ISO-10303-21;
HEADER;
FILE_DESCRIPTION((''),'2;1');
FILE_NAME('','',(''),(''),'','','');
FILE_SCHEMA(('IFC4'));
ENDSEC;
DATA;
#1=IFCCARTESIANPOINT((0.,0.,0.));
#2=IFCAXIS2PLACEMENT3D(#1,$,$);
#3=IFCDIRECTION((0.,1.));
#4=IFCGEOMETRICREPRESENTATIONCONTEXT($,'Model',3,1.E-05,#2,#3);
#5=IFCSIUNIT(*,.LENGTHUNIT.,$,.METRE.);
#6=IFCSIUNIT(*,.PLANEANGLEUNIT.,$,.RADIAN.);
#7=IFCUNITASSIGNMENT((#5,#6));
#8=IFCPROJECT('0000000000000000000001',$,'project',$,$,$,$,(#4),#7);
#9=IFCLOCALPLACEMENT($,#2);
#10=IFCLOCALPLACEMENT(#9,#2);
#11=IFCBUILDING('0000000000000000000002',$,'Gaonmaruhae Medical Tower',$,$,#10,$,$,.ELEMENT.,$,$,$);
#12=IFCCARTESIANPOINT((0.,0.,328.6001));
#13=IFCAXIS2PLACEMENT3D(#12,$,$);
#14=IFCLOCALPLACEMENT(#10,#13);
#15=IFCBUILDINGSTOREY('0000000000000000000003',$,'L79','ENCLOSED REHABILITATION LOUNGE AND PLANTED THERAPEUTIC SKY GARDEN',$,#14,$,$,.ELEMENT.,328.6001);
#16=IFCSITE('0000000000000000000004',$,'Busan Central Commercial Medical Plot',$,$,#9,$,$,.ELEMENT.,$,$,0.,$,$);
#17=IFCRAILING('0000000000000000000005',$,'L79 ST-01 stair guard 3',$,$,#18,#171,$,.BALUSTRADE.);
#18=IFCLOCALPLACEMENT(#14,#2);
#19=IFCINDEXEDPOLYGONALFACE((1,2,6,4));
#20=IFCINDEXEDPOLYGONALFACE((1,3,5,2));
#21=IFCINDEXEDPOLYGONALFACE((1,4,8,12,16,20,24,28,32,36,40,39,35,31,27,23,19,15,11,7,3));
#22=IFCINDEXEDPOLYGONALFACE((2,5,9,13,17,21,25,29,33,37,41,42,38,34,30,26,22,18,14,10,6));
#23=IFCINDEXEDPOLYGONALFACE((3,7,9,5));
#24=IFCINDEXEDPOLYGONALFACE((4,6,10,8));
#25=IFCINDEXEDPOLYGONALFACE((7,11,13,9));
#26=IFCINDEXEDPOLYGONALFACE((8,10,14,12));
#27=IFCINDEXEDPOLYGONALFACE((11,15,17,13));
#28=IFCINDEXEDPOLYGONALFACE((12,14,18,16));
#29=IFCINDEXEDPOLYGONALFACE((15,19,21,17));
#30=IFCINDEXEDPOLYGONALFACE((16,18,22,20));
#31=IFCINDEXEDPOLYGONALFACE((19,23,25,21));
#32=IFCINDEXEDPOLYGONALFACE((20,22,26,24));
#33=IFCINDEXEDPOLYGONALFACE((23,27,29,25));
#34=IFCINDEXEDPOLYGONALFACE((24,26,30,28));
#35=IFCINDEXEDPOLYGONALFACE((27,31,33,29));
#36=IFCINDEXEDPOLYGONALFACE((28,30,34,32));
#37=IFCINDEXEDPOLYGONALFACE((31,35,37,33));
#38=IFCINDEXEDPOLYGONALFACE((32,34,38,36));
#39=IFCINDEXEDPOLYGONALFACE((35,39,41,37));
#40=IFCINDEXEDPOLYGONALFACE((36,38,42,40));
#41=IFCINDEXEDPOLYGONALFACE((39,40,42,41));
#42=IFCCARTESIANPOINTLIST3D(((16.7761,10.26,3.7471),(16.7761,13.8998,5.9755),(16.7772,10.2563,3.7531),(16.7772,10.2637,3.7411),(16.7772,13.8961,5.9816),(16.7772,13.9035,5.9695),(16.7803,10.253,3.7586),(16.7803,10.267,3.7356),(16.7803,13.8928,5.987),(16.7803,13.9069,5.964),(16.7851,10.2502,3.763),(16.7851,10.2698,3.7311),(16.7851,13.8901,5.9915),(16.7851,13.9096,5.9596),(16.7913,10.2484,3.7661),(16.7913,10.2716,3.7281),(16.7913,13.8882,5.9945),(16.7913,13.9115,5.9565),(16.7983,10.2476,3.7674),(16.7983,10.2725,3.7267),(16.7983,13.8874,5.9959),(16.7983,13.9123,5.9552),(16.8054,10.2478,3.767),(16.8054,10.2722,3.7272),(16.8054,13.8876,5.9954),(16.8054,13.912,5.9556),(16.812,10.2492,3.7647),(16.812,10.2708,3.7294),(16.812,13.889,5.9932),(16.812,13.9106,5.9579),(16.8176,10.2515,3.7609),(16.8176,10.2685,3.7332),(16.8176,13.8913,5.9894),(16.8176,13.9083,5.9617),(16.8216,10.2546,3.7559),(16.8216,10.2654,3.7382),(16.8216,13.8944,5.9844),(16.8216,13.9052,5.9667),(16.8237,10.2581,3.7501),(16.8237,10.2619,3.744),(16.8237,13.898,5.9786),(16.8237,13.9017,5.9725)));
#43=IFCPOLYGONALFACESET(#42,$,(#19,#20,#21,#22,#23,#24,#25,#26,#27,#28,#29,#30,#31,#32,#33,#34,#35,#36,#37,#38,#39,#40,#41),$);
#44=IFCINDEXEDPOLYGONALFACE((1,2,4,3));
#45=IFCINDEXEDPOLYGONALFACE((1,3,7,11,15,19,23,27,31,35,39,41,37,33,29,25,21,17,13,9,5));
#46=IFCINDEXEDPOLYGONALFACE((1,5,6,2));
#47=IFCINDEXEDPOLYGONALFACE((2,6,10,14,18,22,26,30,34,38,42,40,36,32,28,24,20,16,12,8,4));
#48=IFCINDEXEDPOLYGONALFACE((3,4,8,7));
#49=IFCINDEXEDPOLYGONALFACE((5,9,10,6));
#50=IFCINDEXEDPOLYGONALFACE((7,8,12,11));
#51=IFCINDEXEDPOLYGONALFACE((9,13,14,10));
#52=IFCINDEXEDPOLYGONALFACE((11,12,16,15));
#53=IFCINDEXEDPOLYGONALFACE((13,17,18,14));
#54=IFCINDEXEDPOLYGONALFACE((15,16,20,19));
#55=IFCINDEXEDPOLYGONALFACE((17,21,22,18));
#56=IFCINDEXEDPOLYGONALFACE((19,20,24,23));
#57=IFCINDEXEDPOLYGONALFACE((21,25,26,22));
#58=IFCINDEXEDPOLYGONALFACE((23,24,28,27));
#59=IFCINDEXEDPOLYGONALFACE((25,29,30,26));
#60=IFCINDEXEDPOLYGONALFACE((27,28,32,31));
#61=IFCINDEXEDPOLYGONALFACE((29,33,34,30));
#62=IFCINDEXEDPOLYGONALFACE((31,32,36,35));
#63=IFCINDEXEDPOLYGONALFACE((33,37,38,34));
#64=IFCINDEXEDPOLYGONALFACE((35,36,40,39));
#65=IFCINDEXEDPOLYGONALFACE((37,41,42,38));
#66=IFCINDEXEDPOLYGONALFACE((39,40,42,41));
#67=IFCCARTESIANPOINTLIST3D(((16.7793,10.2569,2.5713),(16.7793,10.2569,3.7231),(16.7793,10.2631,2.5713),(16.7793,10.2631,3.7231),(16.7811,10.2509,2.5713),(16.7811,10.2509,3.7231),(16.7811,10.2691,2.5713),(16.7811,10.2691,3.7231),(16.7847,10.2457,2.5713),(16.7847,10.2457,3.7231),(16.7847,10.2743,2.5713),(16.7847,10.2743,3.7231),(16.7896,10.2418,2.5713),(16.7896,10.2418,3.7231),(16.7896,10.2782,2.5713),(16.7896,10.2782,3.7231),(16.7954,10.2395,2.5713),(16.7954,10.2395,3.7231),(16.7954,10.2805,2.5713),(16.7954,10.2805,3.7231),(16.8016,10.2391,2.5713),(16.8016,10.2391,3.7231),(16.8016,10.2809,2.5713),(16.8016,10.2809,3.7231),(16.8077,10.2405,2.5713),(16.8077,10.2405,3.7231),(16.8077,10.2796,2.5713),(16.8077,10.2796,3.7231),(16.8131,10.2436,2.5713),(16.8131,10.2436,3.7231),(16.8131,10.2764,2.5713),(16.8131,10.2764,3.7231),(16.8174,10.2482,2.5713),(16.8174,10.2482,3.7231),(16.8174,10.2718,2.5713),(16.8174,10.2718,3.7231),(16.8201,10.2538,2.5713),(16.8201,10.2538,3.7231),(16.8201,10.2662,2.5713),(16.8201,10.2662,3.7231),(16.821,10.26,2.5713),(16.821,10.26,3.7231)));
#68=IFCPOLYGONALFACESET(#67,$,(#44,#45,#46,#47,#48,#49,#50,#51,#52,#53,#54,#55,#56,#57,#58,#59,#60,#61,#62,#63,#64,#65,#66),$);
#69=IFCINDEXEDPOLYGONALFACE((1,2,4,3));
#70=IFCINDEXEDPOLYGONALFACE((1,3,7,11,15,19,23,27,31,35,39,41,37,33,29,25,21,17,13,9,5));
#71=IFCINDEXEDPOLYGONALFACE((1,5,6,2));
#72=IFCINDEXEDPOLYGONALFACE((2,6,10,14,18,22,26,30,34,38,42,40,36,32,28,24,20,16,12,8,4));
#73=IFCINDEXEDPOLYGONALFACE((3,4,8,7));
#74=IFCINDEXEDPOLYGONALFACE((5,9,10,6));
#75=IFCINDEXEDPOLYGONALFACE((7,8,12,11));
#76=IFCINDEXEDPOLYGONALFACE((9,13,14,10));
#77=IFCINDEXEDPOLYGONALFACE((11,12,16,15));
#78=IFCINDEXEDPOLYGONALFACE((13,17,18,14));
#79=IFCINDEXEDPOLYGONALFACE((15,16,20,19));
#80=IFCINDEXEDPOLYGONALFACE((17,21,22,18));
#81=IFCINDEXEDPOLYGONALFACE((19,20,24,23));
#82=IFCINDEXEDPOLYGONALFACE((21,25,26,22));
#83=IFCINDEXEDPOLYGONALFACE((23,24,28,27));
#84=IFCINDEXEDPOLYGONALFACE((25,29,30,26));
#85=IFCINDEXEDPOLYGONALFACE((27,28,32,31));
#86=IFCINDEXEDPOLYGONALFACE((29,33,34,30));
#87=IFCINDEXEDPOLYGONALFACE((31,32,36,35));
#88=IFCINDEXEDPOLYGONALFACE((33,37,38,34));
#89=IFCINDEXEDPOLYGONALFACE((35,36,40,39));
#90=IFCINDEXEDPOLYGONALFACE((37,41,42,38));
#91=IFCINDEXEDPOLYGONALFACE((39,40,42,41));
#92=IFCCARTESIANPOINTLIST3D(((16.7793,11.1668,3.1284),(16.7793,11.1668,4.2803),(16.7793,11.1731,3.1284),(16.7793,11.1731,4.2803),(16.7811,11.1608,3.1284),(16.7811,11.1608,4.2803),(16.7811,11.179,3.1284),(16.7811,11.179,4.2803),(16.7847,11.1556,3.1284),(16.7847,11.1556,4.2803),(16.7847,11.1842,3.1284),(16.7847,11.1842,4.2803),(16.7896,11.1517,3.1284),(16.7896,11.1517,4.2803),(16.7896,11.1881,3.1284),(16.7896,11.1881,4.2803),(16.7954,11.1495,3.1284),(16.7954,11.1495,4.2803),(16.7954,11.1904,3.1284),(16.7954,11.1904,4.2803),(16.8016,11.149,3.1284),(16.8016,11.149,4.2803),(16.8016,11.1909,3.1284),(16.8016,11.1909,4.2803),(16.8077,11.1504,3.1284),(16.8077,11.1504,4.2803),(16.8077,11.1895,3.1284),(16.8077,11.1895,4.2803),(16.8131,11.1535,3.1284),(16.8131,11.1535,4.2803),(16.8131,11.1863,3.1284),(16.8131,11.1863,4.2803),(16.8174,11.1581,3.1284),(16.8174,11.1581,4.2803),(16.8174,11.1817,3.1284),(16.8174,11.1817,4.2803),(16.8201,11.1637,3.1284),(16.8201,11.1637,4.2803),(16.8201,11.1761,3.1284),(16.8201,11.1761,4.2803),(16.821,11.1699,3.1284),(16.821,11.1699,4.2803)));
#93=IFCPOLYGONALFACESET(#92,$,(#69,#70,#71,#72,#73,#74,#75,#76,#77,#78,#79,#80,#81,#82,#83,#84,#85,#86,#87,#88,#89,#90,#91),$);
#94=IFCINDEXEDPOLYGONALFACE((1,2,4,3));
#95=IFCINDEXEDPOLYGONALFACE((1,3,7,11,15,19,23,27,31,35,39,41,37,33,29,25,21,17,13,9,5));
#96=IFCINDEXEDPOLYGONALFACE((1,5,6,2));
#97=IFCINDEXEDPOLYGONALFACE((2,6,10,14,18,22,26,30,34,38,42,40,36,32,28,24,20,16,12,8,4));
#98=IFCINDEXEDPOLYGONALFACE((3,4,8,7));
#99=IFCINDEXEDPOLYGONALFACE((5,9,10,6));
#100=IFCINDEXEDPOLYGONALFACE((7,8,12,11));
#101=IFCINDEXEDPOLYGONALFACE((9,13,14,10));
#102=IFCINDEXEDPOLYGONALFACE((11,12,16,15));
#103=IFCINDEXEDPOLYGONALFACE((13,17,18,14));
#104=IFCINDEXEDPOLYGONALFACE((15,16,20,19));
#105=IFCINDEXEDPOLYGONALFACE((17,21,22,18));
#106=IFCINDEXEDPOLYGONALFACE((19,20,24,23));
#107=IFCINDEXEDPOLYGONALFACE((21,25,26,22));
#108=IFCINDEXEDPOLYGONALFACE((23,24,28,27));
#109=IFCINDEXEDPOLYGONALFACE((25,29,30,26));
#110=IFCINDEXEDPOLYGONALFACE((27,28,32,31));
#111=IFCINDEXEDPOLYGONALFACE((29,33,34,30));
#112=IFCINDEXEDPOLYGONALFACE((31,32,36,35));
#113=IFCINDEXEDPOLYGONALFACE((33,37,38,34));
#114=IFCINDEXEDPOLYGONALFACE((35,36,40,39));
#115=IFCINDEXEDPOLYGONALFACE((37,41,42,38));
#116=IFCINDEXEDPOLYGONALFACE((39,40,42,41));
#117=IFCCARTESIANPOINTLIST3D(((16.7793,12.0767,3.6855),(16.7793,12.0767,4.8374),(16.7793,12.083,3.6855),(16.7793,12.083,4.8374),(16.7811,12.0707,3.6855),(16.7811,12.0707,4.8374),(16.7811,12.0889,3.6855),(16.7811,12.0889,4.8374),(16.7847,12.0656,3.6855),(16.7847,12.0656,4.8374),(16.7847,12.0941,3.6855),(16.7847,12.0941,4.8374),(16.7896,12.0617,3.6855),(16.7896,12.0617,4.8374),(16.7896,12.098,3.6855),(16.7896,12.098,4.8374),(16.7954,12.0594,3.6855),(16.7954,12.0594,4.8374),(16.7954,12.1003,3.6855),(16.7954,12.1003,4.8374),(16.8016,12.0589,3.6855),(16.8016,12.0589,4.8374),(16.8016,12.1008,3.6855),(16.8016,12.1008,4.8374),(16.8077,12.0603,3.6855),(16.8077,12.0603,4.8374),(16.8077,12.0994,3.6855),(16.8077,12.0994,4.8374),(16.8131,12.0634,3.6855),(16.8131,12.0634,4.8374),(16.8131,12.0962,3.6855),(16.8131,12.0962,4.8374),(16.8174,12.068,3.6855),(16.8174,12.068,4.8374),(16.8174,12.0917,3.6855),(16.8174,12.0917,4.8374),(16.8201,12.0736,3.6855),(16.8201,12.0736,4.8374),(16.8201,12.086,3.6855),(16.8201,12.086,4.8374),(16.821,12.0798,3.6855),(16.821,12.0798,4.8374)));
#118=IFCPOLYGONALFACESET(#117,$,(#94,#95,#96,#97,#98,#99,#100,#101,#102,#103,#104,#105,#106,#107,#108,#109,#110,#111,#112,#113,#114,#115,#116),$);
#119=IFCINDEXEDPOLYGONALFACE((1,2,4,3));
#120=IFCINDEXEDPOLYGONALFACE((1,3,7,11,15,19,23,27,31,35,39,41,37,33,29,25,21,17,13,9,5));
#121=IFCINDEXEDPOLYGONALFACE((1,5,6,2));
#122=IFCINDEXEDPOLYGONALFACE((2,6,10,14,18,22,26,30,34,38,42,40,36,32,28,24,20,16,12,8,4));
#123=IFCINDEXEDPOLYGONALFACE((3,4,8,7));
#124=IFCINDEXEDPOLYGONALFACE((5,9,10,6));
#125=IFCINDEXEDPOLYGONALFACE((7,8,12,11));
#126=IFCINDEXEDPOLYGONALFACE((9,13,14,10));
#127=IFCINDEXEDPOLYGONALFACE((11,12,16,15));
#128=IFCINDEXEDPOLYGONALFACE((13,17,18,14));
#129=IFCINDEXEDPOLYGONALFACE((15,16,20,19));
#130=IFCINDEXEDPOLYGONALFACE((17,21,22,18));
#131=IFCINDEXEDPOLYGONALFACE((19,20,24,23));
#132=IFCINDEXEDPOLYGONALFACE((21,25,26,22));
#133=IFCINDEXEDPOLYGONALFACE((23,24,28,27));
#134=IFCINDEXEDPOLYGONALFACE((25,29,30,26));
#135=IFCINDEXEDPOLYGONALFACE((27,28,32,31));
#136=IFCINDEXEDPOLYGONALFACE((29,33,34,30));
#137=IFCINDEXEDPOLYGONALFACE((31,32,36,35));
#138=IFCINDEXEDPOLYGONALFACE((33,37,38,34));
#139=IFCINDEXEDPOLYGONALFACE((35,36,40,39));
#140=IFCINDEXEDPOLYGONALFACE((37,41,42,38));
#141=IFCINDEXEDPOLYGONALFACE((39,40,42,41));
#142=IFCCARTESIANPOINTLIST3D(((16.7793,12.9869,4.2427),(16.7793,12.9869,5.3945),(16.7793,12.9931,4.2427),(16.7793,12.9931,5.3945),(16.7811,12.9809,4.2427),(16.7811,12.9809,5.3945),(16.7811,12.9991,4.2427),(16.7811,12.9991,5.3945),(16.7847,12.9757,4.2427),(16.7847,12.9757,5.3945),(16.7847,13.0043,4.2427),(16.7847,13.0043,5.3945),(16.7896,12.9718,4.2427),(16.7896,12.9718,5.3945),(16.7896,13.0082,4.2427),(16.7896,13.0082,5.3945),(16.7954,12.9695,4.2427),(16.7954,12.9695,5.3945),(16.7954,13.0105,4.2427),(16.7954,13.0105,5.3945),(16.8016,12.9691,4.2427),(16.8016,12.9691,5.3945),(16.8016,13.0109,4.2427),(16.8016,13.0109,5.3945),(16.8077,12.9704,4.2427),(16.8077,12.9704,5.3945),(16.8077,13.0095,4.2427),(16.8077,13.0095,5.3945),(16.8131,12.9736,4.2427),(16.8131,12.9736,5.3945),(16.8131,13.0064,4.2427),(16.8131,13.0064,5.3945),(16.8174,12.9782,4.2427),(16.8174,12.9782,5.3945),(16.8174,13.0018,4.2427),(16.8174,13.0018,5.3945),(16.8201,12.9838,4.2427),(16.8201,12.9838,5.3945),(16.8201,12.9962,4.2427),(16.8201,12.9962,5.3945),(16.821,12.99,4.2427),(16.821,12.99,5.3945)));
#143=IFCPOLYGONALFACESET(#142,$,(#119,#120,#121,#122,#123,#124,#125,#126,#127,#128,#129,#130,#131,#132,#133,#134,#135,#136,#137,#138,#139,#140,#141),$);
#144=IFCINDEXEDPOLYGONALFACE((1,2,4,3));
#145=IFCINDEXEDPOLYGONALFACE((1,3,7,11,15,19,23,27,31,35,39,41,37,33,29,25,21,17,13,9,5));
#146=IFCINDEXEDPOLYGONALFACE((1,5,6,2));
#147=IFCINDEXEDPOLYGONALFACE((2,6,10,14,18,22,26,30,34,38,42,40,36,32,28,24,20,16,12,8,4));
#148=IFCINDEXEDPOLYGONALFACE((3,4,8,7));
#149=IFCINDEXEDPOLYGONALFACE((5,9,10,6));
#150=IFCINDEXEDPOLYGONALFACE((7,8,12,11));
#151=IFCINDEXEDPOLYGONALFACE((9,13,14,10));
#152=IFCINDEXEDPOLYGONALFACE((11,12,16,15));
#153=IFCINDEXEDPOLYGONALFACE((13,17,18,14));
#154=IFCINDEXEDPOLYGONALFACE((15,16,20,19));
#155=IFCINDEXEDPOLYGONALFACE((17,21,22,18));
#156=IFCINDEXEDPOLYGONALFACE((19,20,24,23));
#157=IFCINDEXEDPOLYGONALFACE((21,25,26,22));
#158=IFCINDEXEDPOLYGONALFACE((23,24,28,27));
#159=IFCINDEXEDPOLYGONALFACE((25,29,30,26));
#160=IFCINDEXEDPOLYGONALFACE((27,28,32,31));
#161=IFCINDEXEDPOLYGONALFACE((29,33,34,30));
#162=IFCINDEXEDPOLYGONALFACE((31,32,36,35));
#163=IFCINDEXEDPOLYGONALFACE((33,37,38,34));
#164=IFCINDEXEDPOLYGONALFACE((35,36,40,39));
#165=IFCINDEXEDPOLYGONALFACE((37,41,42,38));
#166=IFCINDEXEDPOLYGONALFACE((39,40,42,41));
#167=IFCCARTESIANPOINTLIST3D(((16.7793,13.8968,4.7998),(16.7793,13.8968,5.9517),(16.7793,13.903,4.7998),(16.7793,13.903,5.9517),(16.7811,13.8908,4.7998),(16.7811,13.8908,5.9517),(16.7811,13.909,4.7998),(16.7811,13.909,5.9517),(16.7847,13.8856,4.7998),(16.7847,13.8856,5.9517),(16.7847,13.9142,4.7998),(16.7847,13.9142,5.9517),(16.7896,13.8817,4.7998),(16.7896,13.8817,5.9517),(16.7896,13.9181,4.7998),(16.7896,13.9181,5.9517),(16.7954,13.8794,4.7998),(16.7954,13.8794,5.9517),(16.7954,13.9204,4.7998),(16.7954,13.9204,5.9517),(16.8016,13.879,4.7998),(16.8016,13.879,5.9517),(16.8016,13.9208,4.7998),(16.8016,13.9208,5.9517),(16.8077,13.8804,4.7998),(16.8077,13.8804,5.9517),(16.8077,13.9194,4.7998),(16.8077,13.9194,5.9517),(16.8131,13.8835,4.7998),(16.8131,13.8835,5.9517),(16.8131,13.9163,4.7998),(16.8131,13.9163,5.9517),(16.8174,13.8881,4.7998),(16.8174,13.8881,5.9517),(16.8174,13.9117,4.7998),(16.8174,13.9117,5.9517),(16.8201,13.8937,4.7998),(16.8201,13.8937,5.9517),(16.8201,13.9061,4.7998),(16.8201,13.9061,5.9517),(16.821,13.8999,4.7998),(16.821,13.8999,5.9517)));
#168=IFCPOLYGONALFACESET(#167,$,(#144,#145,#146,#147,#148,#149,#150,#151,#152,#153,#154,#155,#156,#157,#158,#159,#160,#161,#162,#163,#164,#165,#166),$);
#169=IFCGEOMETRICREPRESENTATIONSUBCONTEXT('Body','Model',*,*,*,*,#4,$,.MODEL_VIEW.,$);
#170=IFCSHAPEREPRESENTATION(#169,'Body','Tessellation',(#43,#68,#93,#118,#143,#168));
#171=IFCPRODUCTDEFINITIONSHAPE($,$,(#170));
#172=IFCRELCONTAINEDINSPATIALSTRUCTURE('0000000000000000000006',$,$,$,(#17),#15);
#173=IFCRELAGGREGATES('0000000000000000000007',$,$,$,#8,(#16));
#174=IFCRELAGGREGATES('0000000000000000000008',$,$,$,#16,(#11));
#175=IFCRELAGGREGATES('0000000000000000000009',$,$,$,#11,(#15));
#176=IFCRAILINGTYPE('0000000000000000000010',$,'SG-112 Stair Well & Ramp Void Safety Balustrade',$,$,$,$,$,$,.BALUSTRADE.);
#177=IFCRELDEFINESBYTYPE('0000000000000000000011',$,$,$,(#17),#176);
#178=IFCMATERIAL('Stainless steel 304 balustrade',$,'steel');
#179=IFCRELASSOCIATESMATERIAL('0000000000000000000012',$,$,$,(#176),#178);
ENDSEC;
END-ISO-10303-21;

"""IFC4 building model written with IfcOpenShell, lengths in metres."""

from ifc_helpers import new_model, si_unit, direction, frame, origin, origin_2d, place, context, subcontext, project, spatial, circle, extrude, material, type_object, element, save


model = new_model("IFC4")

# Units and contexts
model_context = context("Model", 3, precision=1e-05, world=origin(), true_north=direction((0.0, 1.0)))
body_context = subcontext(model_context, "Body", "Model", "MODEL_VIEW")
ifc_project = project(units=[si_unit("LENGTHUNIT", "METRE"), si_unit("PLANEANGLEUNIT", "RADIAN")], contexts=[model_context])

# Site, building, storey
site_placement = place(None, origin())
site = spatial("IfcSite", under=ifc_project, at=site_placement, Name="Busan Central Commercial Medical Plot", CompositionType="ELEMENT", RefElevation=0.0)
building_placement = place(site_placement, origin())
building = spatial("IfcBuilding", under=site, at=building_placement, Name="Gaonmaruhae Medical Tower", CompositionType="ELEMENT")
storey_placement = place(building_placement, frame((0.0, 0.0, 328.6001)))
storey = spatial("IfcBuildingStorey", under=building, at=storey_placement, Name="L79", Description="ENCLOSED REHABILITATION LOUNGE AND PLANTED THERAPEUTIC SKY GARDEN", CompositionType="ELEMENT", Elevation=328.6001)

# Railing
ifc_material_1 = material(Name="Stainless steel 304 balustrade", Category="steel")
railing_type_1 = type_object("IfcRailingType", Name="SG-112 Stair Well & Ramp Void Safety Balustrade", PredefinedType="BALUSTRADE", material=ifc_material_1)
railing_1_placement = place(storey_placement, frame((16.8, 10.26, 2.5713)))
element("IfcRailing", 1, at=railing_1_placement, inside=storey, type_object=railing_type_1, Name="L79 ST-01 stair guard 3", PredefinedType="BALUSTRADE", context=body_context, shape_type="SweptSolid", body=[
    extrude(circle(Radius=0.0239, at=origin_2d()), frame((0.0, 0.0, 1.1758), z_axis=(0.0, 0.85285, 0.522156), x_axis=(-1.0, 0.0, 0.0)), (0.0, 0.0, 1.0), 4.2678),
    extrude(circle(Radius=0.021, at=origin_2d()), origin(), (0.0, 0.0, 1.0), 1.1519),
    extrude(circle(Radius=0.021, at=origin_2d()), frame((0.0, 0.9099, 0.5571)), (0.0, 0.0, 1.0), 1.1519),
    extrude(circle(Radius=0.021, at=origin_2d()), frame((0.0, 1.8198, 1.1143)), (0.0, 0.0, 1.0), 1.1519),
    extrude(circle(Radius=0.021, at=origin_2d()), frame((0.0, 2.73, 1.6714)), (0.0, 0.0, 1.0), 1.1519),
    extrude(circle(Radius=0.021, at=origin_2d()), frame((0.0, 3.6399, 2.2285)), (0.0, 0.0, 1.0), 1.1519),
])

save(model, "model.ifc")
